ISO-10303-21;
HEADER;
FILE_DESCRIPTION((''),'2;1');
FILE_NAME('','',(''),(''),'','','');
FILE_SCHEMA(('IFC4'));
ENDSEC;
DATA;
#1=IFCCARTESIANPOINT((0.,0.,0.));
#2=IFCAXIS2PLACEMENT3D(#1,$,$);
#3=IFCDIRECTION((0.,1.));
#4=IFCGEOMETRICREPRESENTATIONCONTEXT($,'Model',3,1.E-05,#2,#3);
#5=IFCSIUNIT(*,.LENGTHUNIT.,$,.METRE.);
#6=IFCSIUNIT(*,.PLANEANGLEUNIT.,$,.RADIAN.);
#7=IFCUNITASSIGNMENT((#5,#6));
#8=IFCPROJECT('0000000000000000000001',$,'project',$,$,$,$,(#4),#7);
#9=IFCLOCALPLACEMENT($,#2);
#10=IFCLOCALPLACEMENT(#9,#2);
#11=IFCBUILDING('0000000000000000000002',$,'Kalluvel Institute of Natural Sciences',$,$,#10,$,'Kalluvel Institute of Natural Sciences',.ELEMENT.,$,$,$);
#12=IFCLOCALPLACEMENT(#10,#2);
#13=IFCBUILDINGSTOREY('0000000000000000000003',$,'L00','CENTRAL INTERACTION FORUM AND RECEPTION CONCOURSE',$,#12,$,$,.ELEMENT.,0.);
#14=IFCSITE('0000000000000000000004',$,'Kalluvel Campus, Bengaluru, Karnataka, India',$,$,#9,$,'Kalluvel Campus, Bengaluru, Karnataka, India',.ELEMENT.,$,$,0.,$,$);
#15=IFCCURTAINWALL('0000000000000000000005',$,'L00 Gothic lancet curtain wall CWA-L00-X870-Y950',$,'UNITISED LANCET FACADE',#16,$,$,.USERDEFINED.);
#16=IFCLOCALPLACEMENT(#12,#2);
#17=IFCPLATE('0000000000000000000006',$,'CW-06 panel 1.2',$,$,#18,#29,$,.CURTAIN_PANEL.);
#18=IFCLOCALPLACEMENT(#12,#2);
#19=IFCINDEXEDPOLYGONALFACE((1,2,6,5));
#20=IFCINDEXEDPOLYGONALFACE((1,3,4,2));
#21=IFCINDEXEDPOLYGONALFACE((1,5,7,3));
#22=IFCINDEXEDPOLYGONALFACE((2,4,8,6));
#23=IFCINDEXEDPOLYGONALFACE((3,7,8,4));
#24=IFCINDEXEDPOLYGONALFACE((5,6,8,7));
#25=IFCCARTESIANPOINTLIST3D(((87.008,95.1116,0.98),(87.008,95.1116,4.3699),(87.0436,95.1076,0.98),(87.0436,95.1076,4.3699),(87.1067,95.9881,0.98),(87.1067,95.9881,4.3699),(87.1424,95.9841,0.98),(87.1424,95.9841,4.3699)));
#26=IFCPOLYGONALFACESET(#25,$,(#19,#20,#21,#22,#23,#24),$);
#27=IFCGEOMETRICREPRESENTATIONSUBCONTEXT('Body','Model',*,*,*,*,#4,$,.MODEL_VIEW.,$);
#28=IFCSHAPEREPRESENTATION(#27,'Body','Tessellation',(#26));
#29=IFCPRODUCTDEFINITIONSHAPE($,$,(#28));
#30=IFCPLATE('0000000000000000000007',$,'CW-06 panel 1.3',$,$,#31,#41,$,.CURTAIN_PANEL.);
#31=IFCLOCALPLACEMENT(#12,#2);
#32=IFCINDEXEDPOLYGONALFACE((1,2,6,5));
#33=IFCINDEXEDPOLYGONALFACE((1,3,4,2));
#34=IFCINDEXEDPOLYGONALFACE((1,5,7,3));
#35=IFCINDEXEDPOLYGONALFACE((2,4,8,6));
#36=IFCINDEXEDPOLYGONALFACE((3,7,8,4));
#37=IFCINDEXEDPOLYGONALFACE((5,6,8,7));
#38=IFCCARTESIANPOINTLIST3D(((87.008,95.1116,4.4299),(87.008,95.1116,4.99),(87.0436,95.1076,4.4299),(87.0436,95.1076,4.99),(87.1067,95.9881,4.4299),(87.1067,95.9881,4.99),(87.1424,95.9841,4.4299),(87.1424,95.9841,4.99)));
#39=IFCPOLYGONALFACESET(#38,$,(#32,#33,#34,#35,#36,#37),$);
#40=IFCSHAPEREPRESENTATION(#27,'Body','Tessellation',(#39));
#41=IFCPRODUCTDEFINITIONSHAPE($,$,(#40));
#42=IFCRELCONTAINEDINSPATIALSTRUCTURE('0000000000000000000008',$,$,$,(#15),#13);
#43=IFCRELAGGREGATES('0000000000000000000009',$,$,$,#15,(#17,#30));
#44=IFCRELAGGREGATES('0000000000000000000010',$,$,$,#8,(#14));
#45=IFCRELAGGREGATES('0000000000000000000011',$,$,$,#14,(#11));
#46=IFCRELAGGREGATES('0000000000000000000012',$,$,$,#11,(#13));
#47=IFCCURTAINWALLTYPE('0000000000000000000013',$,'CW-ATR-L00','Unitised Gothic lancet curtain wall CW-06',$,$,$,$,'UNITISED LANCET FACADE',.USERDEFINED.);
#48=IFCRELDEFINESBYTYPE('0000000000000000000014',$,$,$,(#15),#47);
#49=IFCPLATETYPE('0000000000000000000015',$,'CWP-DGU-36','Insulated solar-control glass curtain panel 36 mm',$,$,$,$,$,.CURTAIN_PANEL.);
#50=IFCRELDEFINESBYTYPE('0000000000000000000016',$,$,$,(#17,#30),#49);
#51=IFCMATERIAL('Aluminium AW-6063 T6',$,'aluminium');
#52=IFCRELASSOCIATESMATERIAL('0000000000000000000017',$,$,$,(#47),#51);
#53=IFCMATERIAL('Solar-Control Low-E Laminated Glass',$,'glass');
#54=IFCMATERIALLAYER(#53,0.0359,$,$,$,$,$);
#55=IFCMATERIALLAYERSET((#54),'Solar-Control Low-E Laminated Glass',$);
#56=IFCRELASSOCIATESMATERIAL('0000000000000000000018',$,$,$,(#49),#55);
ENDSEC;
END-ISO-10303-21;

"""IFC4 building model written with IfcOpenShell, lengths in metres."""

from ifc_helpers import new_model, si_unit, direction, frame, origin, origin_2d, place, context, subcontext, project, spatial, rectangle, extrude, material, layer, layer_set, type_object, element, aggregate, save


model = new_model("IFC4")

# Units and contexts
model_context = context("Model", 3, precision=1e-05, world=origin(), true_north=direction((0.0, 1.0)))
body_context = subcontext(model_context, "Body", "Model", "MODEL_VIEW")
ifc_project = project(units=[si_unit("LENGTHUNIT", "METRE"), si_unit("PLANEANGLEUNIT", "RADIAN")], contexts=[model_context])

# Site, building, storey
site_placement = place(None, origin())
site = spatial("IfcSite", under=ifc_project, at=site_placement, Name="Kalluvel Campus, Bengaluru, Karnataka, India", LongName="Kalluvel Campus, Bengaluru, Karnataka, India", CompositionType="ELEMENT", RefElevation=0.0)
building_placement = place(site_placement, origin())
building = spatial("IfcBuilding", under=site, at=building_placement, Name="Kalluvel Institute of Natural Sciences", LongName="Kalluvel Institute of Natural Sciences", CompositionType="ELEMENT")
storey_placement = place(building_placement, origin())
storey = spatial("IfcBuildingStorey", under=building, at=storey_placement, Name="L00", Description="CENTRAL INTERACTION FORUM AND RECEPTION CONCOURSE", CompositionType="ELEMENT", Elevation=0.0)

# Shared definitions
ifc_material_1 = material(Name="Aluminium AW-6063 T6", Category="aluminium")
curtain_wall_type_1 = type_object("IfcCurtainWallType", Name="CW-ATR-L00", Description="Unitised Gothic lancet curtain wall CW-06", ElementType="UNITISED LANCET FACADE", PredefinedType="USERDEFINED", material=ifc_material_1)

# Curtain wall
curtain_wall_1_placement = place(storey_placement, origin())
curtain_wall_1 = element("IfcCurtainWall", 1, at=curtain_wall_1_placement, inside=storey, type_object=curtain_wall_type_1, Name="L00 Gothic lancet curtain wall CWA-L00-X870-Y950", ObjectType="UNITISED LANCET FACADE", PredefinedType="USERDEFINED")

# Plates
ifc_material_2 = material(Name="Solar-Control Low-E Laminated Glass", Category="glass")
ifc_layer = layer(ifc_material_2, 0.0359)
ifc_layer_set = layer_set([ifc_layer], Name="Solar-Control Low-E Laminated Glass")
plate_type = type_object("IfcPlateType", Name="CWP-DGU-36", Description="Insulated solar-control glass curtain panel 36 mm", PredefinedType="CURTAIN_PANEL", material=ifc_layer_set)
plate_1_placement = place(storey_placement, frame((87.0752, 95.5479, 0.98), z_axis=(0.0, 0.0, 1.0), x_axis=(0.111967, 0.993712, 0.0)))
plate_1 = element("IfcPlate", 2, at=plate_1_placement, type_object=plate_type, Name="CW-06 panel 1.2", PredefinedType="CURTAIN_PANEL", context=body_context, shape_type="SweptSolid", body=[
    extrude(rectangle(XDim=0.8821, YDim=0.0359, at=origin_2d()), origin(), (0.0, 0.0, 1.0), 3.3899),
])
plate_2_placement = place(storey_placement, frame((87.0752, 95.5479, 4.4299), z_axis=(0.0, 0.0, 1.0), x_axis=(0.111967, 0.993712, 0.0)))
plate_2 = element("IfcPlate", 3, at=plate_2_placement, type_object=plate_type, Name="CW-06 panel 1.3", PredefinedType="CURTAIN_PANEL", context=body_context, shape_type="SweptSolid", body=[
    extrude(rectangle(XDim=0.8821, YDim=0.0359, at=origin_2d()), origin(), (0.0, 0.0, 1.0), 0.5601),
])
aggregate(curtain_wall_1, [plate_1, plate_2])

save(model, "model.ifc")
